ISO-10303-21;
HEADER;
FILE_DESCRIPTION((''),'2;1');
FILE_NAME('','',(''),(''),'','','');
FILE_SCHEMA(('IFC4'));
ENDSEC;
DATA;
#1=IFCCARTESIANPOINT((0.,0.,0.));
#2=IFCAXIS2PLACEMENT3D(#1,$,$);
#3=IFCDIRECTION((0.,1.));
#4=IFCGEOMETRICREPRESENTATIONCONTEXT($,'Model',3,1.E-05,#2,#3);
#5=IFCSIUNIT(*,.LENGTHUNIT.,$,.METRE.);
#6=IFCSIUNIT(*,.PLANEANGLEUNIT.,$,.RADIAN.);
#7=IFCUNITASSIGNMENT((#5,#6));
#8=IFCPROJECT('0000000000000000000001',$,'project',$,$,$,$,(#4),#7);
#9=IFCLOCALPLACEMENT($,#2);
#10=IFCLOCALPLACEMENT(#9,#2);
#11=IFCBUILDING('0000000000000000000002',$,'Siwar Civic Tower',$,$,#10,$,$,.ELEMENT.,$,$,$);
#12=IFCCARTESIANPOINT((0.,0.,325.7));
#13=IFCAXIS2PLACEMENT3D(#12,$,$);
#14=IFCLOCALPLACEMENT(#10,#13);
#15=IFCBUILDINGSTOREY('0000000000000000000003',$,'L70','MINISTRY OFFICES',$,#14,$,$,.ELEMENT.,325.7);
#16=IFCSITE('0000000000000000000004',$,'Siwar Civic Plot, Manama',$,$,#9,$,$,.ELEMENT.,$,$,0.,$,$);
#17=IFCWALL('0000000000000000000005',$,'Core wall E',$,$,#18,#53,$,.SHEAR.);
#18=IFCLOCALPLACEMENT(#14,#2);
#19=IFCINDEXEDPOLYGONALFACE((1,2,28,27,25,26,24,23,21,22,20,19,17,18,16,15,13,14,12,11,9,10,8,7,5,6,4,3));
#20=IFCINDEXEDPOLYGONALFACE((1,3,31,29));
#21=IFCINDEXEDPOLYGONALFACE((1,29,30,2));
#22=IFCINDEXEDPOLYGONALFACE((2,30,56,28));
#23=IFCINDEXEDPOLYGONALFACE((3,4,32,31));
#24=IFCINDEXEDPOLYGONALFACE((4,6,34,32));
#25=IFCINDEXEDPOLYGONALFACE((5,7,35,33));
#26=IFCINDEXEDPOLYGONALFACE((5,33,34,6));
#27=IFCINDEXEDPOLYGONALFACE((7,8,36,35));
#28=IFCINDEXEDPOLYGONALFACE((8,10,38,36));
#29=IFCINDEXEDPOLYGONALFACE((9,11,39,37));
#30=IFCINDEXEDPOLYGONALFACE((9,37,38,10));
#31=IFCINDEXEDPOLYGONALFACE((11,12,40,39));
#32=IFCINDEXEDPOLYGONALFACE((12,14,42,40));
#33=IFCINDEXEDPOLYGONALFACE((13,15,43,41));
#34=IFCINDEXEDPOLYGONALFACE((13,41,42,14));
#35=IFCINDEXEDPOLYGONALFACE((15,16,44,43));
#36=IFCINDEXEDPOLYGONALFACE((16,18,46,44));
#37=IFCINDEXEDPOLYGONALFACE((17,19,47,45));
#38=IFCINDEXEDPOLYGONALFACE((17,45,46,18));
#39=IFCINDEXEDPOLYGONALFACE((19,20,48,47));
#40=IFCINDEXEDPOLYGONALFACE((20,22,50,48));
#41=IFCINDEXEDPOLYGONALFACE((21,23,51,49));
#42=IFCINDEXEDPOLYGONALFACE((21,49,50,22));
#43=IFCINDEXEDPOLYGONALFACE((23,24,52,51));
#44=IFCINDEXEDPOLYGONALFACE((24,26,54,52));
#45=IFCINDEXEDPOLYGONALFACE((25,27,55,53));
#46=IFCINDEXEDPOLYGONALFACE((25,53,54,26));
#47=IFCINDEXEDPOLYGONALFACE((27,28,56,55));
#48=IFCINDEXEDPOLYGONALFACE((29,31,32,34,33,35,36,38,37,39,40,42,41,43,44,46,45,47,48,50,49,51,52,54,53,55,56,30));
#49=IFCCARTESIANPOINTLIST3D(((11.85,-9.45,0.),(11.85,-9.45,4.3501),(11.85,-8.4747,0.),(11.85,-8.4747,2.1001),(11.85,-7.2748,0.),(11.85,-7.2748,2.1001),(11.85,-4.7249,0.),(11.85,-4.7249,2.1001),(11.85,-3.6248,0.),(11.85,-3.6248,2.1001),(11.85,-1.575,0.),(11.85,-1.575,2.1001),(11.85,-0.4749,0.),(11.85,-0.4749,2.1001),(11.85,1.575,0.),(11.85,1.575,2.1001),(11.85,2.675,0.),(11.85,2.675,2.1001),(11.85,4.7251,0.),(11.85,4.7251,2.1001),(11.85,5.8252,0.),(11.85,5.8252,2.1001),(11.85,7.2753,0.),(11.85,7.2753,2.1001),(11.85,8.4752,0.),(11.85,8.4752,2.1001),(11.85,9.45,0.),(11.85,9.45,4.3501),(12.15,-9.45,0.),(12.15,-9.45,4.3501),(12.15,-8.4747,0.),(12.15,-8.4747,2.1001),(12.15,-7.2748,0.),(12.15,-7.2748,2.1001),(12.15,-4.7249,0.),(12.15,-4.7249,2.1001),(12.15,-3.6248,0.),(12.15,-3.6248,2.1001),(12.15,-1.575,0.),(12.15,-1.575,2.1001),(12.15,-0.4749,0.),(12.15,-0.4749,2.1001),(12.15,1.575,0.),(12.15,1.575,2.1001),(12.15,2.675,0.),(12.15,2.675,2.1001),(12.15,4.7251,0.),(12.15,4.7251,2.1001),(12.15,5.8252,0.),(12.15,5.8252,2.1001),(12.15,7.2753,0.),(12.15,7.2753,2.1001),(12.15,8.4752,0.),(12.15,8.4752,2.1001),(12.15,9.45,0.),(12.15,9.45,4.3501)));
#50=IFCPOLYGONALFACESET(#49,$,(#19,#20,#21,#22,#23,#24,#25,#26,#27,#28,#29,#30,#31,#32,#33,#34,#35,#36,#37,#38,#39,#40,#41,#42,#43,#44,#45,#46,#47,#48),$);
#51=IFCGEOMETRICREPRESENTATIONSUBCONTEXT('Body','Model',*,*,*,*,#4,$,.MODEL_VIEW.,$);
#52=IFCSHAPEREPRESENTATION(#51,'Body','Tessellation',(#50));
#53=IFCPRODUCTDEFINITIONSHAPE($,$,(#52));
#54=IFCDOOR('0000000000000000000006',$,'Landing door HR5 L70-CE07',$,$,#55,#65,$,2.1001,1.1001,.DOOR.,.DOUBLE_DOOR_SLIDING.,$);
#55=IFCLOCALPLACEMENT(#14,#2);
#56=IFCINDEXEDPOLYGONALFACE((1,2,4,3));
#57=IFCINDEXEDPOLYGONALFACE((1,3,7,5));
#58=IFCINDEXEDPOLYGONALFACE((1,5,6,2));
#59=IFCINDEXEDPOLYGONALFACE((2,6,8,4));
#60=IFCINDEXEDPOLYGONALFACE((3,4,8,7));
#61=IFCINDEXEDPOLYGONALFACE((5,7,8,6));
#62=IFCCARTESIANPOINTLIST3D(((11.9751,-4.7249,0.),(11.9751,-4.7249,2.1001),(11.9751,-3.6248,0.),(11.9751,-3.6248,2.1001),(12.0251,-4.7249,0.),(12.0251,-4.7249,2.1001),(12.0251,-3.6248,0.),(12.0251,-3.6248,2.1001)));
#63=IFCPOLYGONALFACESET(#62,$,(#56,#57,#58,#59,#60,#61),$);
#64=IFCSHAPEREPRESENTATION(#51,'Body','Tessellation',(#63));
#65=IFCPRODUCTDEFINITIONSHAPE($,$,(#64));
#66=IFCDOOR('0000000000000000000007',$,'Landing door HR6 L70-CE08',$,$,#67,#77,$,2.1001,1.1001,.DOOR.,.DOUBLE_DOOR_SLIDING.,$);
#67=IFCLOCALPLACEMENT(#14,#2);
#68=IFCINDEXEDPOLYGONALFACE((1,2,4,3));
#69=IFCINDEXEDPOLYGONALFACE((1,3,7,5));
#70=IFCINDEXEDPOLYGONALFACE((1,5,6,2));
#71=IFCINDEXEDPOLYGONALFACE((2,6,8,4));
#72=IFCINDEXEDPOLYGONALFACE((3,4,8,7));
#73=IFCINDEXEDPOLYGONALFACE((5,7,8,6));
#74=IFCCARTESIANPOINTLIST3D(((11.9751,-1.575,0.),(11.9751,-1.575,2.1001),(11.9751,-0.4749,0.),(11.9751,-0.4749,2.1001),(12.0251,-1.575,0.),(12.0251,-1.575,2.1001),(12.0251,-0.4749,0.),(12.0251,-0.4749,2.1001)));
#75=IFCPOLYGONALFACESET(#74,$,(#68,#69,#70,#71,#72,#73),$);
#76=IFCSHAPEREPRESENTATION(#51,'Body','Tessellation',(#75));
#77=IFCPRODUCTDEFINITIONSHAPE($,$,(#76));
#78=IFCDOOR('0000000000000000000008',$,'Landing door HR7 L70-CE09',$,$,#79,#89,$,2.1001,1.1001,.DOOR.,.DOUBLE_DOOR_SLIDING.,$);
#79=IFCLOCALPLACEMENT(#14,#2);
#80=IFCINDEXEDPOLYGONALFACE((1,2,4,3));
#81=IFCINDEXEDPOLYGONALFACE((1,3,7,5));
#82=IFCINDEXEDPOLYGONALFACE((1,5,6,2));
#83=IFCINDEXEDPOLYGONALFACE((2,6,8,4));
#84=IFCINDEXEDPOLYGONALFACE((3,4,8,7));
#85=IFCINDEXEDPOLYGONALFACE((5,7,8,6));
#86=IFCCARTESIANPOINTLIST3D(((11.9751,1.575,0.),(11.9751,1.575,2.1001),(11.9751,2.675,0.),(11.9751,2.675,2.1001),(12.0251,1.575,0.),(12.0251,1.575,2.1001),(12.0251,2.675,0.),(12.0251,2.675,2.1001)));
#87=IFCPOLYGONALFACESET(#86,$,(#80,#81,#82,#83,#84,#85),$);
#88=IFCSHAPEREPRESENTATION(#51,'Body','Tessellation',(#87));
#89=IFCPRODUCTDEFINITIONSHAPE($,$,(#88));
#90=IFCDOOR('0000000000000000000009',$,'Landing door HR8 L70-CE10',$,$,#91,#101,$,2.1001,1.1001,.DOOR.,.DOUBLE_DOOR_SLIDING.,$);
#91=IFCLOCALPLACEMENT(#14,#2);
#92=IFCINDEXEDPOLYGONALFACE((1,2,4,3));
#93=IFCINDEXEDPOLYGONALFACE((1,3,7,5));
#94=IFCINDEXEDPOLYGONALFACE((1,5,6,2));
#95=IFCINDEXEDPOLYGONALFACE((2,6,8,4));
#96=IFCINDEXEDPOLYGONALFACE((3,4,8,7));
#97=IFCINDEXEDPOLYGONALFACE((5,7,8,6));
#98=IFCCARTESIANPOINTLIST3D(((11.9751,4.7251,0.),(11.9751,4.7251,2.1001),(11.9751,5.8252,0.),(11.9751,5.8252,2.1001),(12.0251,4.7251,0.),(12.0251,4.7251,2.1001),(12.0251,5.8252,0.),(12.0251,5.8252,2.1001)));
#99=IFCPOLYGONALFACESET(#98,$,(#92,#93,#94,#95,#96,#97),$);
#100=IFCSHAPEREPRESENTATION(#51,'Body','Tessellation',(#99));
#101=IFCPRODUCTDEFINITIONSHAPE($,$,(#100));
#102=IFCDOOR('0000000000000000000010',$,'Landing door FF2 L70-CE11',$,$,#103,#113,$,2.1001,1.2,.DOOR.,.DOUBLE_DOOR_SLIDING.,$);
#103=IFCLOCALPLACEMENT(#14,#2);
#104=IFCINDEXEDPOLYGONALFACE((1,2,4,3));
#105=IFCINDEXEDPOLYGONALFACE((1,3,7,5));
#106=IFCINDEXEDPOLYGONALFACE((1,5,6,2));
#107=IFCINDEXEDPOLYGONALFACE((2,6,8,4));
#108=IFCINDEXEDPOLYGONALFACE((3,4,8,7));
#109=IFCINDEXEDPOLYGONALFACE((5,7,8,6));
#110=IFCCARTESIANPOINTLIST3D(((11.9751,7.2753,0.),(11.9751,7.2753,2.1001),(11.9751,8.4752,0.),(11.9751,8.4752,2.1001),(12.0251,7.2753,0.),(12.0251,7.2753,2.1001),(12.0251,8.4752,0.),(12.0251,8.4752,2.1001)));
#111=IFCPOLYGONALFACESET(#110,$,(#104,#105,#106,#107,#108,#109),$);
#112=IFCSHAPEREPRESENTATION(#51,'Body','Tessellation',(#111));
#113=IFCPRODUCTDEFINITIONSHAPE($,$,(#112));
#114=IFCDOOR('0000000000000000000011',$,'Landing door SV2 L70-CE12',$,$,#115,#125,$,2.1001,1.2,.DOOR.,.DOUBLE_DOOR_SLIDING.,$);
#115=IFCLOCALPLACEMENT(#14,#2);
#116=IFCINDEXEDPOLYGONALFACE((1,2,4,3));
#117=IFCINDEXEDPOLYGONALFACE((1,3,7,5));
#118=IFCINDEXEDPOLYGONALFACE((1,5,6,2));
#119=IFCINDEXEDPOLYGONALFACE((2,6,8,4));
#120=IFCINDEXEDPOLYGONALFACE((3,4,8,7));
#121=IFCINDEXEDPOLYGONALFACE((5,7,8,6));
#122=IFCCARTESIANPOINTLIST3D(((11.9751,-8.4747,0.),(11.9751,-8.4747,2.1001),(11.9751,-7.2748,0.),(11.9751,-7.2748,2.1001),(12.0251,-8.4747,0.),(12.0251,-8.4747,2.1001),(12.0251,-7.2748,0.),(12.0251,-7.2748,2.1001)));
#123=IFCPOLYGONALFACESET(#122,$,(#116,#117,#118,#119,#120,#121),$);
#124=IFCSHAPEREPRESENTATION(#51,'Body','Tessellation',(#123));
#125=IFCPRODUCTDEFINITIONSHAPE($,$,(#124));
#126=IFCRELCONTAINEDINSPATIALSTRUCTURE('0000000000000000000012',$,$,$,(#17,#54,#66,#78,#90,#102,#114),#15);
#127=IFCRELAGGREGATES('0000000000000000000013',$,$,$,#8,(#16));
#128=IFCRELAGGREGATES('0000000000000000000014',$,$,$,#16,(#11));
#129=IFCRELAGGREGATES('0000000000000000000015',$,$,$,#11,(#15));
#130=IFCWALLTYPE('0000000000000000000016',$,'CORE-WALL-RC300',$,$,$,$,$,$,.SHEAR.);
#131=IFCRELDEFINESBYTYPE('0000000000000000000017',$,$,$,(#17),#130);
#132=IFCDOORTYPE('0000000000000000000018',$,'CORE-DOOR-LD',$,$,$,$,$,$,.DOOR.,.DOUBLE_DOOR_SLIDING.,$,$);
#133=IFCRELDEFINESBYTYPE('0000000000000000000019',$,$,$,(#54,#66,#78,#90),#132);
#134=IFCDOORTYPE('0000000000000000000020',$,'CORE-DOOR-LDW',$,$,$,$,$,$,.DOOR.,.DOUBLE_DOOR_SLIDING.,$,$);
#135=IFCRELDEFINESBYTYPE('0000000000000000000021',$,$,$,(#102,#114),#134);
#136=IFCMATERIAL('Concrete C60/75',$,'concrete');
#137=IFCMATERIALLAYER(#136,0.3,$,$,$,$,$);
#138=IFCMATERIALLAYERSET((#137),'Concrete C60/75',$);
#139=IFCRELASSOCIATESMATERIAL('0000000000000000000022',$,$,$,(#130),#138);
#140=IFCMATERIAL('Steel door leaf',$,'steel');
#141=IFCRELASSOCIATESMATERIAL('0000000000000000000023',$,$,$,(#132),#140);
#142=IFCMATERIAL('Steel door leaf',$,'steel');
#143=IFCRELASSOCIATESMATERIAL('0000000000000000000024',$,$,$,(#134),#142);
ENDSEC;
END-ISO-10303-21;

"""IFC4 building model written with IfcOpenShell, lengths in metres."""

from ifc_helpers import new_model, si_unit, direction, frame, frame_2d, origin, place, context, subcontext, project, spatial, rectangle, extrude, material, layer, layer_set, type_object, element, fill, save


model = new_model("IFC4")

# Units and contexts
model_context = context("Model", 3, precision=1e-05, world=origin(), true_north=direction((0.0, 1.0)))
body_context = subcontext(model_context, "Body", "Model", "MODEL_VIEW")
ifc_project = project(units=[si_unit("LENGTHUNIT", "METRE"), si_unit("PLANEANGLEUNIT", "RADIAN")], contexts=[model_context])

# Site, building, storey
site_placement = place(None, origin())
site = spatial("IfcSite", under=ifc_project, at=site_placement, Name="Siwar Civic Plot, Manama", CompositionType="ELEMENT", RefElevation=0.0)
building_placement = place(site_placement, origin())
building = spatial("IfcBuilding", under=site, at=building_placement, Name="Siwar Civic Tower", CompositionType="ELEMENT")
storey_placement = place(building_placement, frame((0.0, 0.0, 325.7)))
storey = spatial("IfcBuildingStorey", under=building, at=storey_placement, Name="L70", Description="MINISTRY OFFICES", CompositionType="ELEMENT", Elevation=325.7)

# Wall, openings, doors
ifc_material_1 = material(Name="Concrete C60/75", Category="concrete")
ifc_layer_1 = layer(ifc_material_1, 0.3)
ifc_layer_set_1 = layer_set([ifc_layer_1], Name="Concrete C60/75")
wall_type_1 = type_object("IfcWallType", Name="CORE-WALL-RC300", PredefinedType="SHEAR", material=ifc_layer_set_1)
wall_1_placement = place(storey_placement, frame((12.0, -9.45, 0.0), z_axis=(0.0, 0.0, 1.0), x_axis=(0.0, 1.0, 0.0)))
wall_1 = element("IfcWall", 1, at=wall_1_placement, inside=storey, type_object=wall_type_1, Name="Core wall E", PredefinedType="SHEAR", context=body_context, shape_type="SweptSolid", body=[
    extrude(rectangle(XDim=18.8999, YDim=0.3, at=frame_2d((9.45, 0.0))), origin(), (0.0, 0.0, 1.0), 4.3501),
])
opening_1_placement = place(wall_1_placement, frame((4.7251, 0.0, 0.0)))
opening_1 = element("IfcOpeningElement", 2, at=opening_1_placement, cuts=wall_1, PredefinedType="OPENING", context=body_context, shape_type="SweptSolid", body=[
    extrude(rectangle(XDim=1.1001, YDim=2.1001, at=frame_2d((0.55, 1.05))), frame((0.0, 0.1602, 0.0), z_axis=(0.0, -1.0, 0.0), x_axis=(1.0, 0.0, 0.0)), (0.0, 0.0, 1.0), 0.3201),
])
opening_2_placement = place(wall_1_placement, frame((7.875, 0.0, 0.0)))
opening_2 = element("IfcOpeningElement", 3, at=opening_2_placement, cuts=wall_1, PredefinedType="OPENING", context=body_context, shape_type="SweptSolid", body=[
    extrude(rectangle(XDim=1.1001, YDim=2.1001, at=frame_2d((0.55, 1.05))), frame((0.0, 0.1602, 0.0), z_axis=(0.0, -1.0, 0.0), x_axis=(1.0, 0.0, 0.0)), (0.0, 0.0, 1.0), 0.3201),
])
opening_3_placement = place(wall_1_placement, frame((11.0249, 0.0, 0.0)))
opening_3 = element("IfcOpeningElement", 4, at=opening_3_placement, cuts=wall_1, PredefinedType="OPENING", context=body_context, shape_type="SweptSolid", body=[
    extrude(rectangle(XDim=1.1001, YDim=2.1001, at=frame_2d((0.55, 1.05))), frame((0.0, 0.1602, 0.0), z_axis=(0.0, -1.0, 0.0), x_axis=(1.0, 0.0, 0.0)), (0.0, 0.0, 1.0), 0.3201),
])
opening_4_placement = place(wall_1_placement, frame((14.175, 0.0, 0.0)))
opening_4 = element("IfcOpeningElement", 5, at=opening_4_placement, cuts=wall_1, PredefinedType="OPENING", context=body_context, shape_type="SweptSolid", body=[
    extrude(rectangle(XDim=1.1001, YDim=2.1001, at=frame_2d((0.55, 1.05))), frame((0.0, 0.1602, 0.0), z_axis=(0.0, -1.0, 0.0), x_axis=(1.0, 0.0, 0.0)), (0.0, 0.0, 1.0), 0.3201),
])
opening_5_placement = place(wall_1_placement, frame((16.7251, 0.0, 0.0)))
opening_5 = element("IfcOpeningElement", 6, at=opening_5_placement, cuts=wall_1, PredefinedType="OPENING", context=body_context, shape_type="SweptSolid", body=[
    extrude(rectangle(XDim=1.2, YDim=2.1001, at=frame_2d((0.6001, 1.05))), frame((0.0, 0.1602, 0.0), z_axis=(0.0, -1.0, 0.0), x_axis=(1.0, 0.0, 0.0)), (0.0, 0.0, 1.0), 0.3201),
])
opening_6_placement = place(wall_1_placement, frame((0.9751, 0.0, 0.0)))
opening_6 = element("IfcOpeningElement", 7, at=opening_6_placement, cuts=wall_1, PredefinedType="OPENING", context=body_context, shape_type="SweptSolid", body=[
    extrude(rectangle(XDim=1.2, YDim=2.1001, at=frame_2d((0.6001, 1.05))), frame((0.0, 0.1602, 0.0), z_axis=(0.0, -1.0, 0.0), x_axis=(1.0, 0.0, 0.0)), (0.0, 0.0, 1.0), 0.3201),
])
ifc_material_2 = material(Name="Steel door leaf", Category="steel")
door_type_1 = type_object("IfcDoorType", Name="CORE-DOOR-LD", OperationType="DOUBLE_DOOR_SLIDING", PredefinedType="DOOR", material=ifc_material_2)
door_1_placement = place(opening_1_placement, origin())
door_1 = element("IfcDoor", 8, at=door_1_placement, inside=storey, type_object=door_type_1, Name="Landing door HR5 L70-CE07", OperationType="DOUBLE_DOOR_SLIDING", OverallHeight=2.1001, OverallWidth=1.1001, PredefinedType="DOOR", context=body_context, shape_type="SweptSolid", body=[
    extrude(rectangle(XDim=1.1001, YDim=2.1001, at=frame_2d((0.55, 1.05))), frame((0.0, 0.0249, 0.0), z_axis=(0.0, -1.0, 0.0), x_axis=(1.0, 0.0, 0.0)), (0.0, 0.0, 1.0), 0.05),
])
fill(opening_1, door_1)
door_2_placement = place(opening_2_placement, origin())
door_2 = element("IfcDoor", 9, at=door_2_placement, inside=storey, type_object=door_type_1, Name="Landing door HR6 L70-CE08", OperationType="DOUBLE_DOOR_SLIDING", OverallHeight=2.1001, OverallWidth=1.1001, PredefinedType="DOOR", context=body_context, shape_type="SweptSolid", body=[
    extrude(rectangle(XDim=1.1001, YDim=2.1001, at=frame_2d((0.55, 1.05))), frame((0.0, 0.0249, 0.0), z_axis=(0.0, -1.0, 0.0), x_axis=(1.0, 0.0, 0.0)), (0.0, 0.0, 1.0), 0.05),
])
fill(opening_2, door_2)
door_3_placement = place(opening_3_placement, origin())
door_3 = element("IfcDoor", 10, at=door_3_placement, inside=storey, type_object=door_type_1, Name="Landing door HR7 L70-CE09", OperationType="DOUBLE_DOOR_SLIDING", OverallHeight=2.1001, OverallWidth=1.1001, PredefinedType="DOOR", context=body_context, shape_type="SweptSolid", body=[
    extrude(rectangle(XDim=1.1001, YDim=2.1001, at=frame_2d((0.55, 1.05))), frame((0.0, 0.0249, 0.0), z_axis=(0.0, -1.0, 0.0), x_axis=(1.0, 0.0, 0.0)), (0.0, 0.0, 1.0), 0.05),
])
fill(opening_3, door_3)
door_4_placement = place(opening_4_placement, origin())
door_4 = element("IfcDoor", 11, at=door_4_placement, inside=storey, type_object=door_type_1, Name="Landing door HR8 L70-CE10", OperationType="DOUBLE_DOOR_SLIDING", OverallHeight=2.1001, OverallWidth=1.1001, PredefinedType="DOOR", context=body_context, shape_type="SweptSolid", body=[
    extrude(rectangle(XDim=1.1001, YDim=2.1001, at=frame_2d((0.55, 1.05))), frame((0.0, 0.0249, 0.0), z_axis=(0.0, -1.0, 0.0), x_axis=(1.0, 0.0, 0.0)), (0.0, 0.0, 1.0), 0.05),
])
fill(opening_4, door_4)
ifc_material_3 = material(Name="Steel door leaf", Category="steel")
door_type_2 = type_object("IfcDoorType", Name="CORE-DOOR-LDW", OperationType="DOUBLE_DOOR_SLIDING", PredefinedType="DOOR", material=ifc_material_3)
door_5_placement = place(opening_5_placement, origin())
door_5 = element("IfcDoor", 12, at=door_5_placement, inside=storey, type_object=door_type_2, Name="Landing door FF2 L70-CE11", OperationType="DOUBLE_DOOR_SLIDING", OverallHeight=2.1001, OverallWidth=1.2, PredefinedType="DOOR", context=body_context, shape_type="SweptSolid", body=[
    extrude(rectangle(XDim=1.2, YDim=2.1001, at=frame_2d((0.6001, 1.05))), frame((0.0, 0.0249, 0.0), z_axis=(0.0, -1.0, 0.0), x_axis=(1.0, 0.0, 0.0)), (0.0, 0.0, 1.0), 0.05),
])
fill(opening_5, door_5)
door_6_placement = place(opening_6_placement, origin())
door_6 = element("IfcDoor", 13, at=door_6_placement, inside=storey, type_object=door_type_2, Name="Landing door SV2 L70-CE12", OperationType="DOUBLE_DOOR_SLIDING", OverallHeight=2.1001, OverallWidth=1.2, PredefinedType="DOOR", context=body_context, shape_type="SweptSolid", body=[
    extrude(rectangle(XDim=1.2, YDim=2.1001, at=frame_2d((0.6001, 1.05))), frame((0.0, 0.0249, 0.0), z_axis=(0.0, -1.0, 0.0), x_axis=(1.0, 0.0, 0.0)), (0.0, 0.0, 1.0), 0.05),
])
fill(opening_6, door_6)

save(model, "model.ifc")
